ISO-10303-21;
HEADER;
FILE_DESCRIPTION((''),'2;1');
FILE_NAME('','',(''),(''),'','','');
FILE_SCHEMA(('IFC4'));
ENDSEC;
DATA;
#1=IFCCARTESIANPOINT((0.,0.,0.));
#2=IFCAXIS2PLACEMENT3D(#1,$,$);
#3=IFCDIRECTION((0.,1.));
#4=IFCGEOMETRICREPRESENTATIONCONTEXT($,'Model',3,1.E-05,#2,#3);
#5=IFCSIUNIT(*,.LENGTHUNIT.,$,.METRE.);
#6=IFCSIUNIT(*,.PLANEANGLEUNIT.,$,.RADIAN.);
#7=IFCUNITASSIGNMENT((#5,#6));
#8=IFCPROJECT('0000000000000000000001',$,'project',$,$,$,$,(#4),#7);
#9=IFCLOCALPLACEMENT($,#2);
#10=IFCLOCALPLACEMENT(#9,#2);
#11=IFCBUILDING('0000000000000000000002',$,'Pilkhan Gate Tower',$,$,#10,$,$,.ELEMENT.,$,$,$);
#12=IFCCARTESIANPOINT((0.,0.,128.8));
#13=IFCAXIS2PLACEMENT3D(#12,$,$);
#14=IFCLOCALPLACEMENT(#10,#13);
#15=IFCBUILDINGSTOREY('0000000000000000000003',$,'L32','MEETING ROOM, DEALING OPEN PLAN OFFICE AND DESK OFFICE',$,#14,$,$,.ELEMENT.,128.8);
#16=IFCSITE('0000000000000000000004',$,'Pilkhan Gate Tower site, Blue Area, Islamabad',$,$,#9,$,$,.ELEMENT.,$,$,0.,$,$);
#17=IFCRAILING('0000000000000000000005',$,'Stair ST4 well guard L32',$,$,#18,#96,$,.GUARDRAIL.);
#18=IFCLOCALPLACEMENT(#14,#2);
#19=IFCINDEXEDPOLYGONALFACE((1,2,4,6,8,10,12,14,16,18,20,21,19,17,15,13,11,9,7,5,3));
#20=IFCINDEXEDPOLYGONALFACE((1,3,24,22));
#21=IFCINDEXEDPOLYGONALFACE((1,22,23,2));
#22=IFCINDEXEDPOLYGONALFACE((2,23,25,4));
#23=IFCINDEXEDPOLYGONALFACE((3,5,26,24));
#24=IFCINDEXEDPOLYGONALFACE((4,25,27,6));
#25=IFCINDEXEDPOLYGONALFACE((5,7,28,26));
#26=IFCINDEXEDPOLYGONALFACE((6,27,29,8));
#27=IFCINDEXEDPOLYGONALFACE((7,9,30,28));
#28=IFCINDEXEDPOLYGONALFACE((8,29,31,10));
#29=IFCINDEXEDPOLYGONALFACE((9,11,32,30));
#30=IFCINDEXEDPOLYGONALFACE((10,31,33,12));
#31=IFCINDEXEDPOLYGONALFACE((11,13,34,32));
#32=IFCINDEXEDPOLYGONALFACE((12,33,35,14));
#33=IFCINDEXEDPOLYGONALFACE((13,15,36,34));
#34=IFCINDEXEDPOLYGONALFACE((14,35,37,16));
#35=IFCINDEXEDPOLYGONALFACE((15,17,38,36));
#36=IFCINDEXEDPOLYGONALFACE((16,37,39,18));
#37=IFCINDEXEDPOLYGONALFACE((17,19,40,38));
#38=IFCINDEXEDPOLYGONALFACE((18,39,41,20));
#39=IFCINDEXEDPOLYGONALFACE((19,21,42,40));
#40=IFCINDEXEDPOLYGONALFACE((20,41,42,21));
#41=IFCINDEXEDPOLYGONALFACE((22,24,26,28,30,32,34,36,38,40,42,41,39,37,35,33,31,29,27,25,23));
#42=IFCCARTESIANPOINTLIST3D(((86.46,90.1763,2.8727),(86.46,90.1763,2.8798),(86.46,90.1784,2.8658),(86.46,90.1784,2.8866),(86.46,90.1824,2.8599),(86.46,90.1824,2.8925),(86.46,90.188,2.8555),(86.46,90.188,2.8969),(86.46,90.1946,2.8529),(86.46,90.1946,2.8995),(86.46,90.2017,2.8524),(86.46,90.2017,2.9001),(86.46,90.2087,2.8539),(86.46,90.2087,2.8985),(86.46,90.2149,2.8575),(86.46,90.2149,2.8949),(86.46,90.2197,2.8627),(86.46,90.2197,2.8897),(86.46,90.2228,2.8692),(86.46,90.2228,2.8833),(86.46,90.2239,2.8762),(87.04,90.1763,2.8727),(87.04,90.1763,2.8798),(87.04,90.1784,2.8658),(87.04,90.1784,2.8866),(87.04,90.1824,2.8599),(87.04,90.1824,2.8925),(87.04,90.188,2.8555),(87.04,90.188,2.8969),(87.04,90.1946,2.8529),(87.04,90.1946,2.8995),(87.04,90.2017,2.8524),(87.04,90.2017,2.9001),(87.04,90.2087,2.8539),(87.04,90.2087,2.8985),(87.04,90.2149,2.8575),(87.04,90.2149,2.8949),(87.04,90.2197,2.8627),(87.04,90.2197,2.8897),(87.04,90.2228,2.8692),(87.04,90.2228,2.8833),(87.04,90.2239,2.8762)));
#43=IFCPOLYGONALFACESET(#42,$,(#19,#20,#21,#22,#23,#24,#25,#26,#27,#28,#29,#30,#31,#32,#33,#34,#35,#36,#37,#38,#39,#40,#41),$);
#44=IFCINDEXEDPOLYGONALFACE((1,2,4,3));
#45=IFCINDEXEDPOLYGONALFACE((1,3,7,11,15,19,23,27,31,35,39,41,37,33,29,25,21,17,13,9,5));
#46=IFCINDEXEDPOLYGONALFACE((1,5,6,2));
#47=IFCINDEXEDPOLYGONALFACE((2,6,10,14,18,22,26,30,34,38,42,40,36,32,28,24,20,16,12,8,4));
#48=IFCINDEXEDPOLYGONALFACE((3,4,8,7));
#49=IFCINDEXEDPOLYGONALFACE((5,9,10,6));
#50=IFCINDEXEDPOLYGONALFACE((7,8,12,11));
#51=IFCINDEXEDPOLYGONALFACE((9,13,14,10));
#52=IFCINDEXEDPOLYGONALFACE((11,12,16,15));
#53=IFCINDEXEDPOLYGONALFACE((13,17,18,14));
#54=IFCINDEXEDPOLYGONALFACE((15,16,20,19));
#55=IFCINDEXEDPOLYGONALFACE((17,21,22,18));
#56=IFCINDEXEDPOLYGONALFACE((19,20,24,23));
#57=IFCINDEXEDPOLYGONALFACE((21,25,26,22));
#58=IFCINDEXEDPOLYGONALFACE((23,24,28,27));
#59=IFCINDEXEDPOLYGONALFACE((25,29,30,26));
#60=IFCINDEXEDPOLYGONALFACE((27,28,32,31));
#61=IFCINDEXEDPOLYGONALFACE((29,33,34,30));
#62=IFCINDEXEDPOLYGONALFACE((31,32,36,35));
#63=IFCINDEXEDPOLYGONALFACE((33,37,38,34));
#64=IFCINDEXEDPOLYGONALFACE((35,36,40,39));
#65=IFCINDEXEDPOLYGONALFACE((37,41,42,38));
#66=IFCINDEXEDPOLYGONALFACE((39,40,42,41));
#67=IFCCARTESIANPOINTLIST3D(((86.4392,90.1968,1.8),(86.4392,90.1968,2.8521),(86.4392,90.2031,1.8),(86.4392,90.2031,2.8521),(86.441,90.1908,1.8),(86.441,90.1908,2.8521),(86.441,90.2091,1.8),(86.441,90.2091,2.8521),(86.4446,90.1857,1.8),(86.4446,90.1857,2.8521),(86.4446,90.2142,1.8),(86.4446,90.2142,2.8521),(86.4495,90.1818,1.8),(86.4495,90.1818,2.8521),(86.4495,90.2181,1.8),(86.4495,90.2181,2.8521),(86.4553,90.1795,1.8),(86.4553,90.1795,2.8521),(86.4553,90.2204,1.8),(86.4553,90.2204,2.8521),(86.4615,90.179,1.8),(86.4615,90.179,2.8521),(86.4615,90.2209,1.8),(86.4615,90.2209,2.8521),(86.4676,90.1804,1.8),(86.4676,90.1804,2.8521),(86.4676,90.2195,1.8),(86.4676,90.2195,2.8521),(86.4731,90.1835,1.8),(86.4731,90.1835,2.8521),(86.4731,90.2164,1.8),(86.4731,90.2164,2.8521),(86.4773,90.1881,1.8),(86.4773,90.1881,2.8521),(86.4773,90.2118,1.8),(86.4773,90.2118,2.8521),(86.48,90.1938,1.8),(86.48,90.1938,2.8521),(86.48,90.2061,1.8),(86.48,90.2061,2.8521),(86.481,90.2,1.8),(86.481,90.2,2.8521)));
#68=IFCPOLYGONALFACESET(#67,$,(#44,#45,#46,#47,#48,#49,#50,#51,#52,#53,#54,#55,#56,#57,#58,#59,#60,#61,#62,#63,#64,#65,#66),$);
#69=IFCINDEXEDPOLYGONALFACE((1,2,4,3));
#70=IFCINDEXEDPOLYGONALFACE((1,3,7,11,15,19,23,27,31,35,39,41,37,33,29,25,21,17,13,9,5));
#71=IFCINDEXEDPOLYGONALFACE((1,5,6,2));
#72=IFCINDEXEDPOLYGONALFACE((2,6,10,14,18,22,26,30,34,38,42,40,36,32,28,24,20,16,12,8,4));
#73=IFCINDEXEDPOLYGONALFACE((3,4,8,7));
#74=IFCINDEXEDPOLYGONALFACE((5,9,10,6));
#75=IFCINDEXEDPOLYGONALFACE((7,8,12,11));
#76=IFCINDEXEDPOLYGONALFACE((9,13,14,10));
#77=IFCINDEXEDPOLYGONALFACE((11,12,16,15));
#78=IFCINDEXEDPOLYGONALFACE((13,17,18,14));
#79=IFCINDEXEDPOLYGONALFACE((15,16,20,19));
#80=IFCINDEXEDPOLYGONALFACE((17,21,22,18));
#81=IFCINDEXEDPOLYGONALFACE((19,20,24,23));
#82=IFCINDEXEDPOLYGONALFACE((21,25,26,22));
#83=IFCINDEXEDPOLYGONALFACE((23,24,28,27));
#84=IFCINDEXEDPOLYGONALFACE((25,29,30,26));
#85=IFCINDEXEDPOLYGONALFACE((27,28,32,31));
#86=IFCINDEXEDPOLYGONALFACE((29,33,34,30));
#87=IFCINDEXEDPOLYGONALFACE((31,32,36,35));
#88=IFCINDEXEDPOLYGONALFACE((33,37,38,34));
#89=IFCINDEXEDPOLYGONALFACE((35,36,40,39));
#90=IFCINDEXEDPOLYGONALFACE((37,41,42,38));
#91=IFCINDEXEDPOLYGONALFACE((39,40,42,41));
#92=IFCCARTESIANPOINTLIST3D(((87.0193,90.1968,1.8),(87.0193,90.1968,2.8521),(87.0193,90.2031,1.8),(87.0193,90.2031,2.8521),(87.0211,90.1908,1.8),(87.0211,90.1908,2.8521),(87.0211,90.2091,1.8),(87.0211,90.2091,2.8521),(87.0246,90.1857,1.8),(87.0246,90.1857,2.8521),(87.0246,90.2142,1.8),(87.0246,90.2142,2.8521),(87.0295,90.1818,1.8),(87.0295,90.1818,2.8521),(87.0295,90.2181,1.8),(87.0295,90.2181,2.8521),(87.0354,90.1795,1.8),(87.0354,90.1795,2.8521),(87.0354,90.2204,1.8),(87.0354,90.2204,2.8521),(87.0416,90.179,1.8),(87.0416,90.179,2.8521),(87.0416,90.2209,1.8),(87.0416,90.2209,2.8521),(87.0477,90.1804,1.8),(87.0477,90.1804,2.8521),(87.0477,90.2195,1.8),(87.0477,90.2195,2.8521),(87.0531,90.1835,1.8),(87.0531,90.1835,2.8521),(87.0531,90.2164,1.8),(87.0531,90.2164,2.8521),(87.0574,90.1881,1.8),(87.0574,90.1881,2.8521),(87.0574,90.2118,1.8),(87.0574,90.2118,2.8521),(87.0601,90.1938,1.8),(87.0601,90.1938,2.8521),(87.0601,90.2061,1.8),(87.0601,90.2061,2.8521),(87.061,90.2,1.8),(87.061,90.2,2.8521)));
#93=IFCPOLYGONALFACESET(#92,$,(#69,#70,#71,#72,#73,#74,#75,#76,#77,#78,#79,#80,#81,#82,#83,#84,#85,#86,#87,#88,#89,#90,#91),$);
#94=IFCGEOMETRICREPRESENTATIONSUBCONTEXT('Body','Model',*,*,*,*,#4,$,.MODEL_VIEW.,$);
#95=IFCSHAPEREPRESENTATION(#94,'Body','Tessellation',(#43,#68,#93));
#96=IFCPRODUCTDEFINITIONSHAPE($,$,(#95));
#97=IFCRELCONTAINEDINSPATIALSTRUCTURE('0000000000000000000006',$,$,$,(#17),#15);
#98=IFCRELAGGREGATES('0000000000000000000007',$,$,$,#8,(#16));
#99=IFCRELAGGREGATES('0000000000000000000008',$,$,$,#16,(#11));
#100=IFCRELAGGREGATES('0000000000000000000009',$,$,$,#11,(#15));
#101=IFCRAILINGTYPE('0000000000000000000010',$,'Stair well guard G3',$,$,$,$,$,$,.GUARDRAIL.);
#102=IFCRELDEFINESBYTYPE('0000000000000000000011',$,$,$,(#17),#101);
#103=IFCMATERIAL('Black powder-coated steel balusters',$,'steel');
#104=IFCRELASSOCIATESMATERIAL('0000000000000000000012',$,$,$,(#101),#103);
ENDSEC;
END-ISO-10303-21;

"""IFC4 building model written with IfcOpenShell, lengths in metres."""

from ifc_helpers import new_model, si_unit, direction, frame, origin, origin_2d, place, context, subcontext, project, spatial, circle, extrude, material, type_object, element, save


model = new_model("IFC4")

# Units and contexts
model_context = context("Model", 3, precision=1e-05, world=origin(), true_north=direction((0.0, 1.0)))
body_context = subcontext(model_context, "Body", "Model", "MODEL_VIEW")
ifc_project = project(units=[si_unit("LENGTHUNIT", "METRE"), si_unit("PLANEANGLEUNIT", "RADIAN")], contexts=[model_context])

# Site, building, storey
site_placement = place(None, origin())
site = spatial("IfcSite", under=ifc_project, at=site_placement, Name="Pilkhan Gate Tower site, Blue Area, Islamabad", CompositionType="ELEMENT", RefElevation=0.0)
building_placement = place(site_placement, origin())
building = spatial("IfcBuilding", under=site, at=building_placement, Name="Pilkhan Gate Tower", CompositionType="ELEMENT")
storey_placement = place(building_placement, frame((0.0, 0.0, 128.8)))
storey = spatial("IfcBuildingStorey", under=building, at=storey_placement, Name="L32", Description="MEETING ROOM, DEALING OPEN PLAN OFFICE AND DESK OFFICE", CompositionType="ELEMENT", Elevation=128.8)

# Railing
ifc_material_1 = material(Name="Black powder-coated steel balusters", Category="steel")
railing_type_1 = type_object("IfcRailingType", Name="Stair well guard G3", PredefinedType="GUARDRAIL", material=ifc_material_1)
for number, where, name in (
    (1, (86.46, 90.2, 1.8), "Stair ST4 well guard L32"),
):
    element("IfcRailing", number, at=place(storey_placement, frame(where)), inside=storey, type_object=railing_type_1, Name=name, PredefinedType="GUARDRAIL", context=body_context, shape_type="SweptSolid", body=[
        extrude(circle(Radius=0.0239, at=origin_2d()), frame((0.0, 0.0, 1.0762), z_axis=(1.0, 0.0, 0.0), x_axis=(0.0, 1.0, 0.0)), (0.0, 0.0, 1.0), 0.5801),
        extrude(circle(Radius=0.021, at=origin_2d()), origin(), (0.0, 0.0, 1.0), 1.052),
        extrude(circle(Radius=0.021, at=origin_2d()), frame((0.5801, 0.0, 0.0)), (0.0, 0.0, 1.0), 1.052),
    ])

save(model, "model.ifc")
